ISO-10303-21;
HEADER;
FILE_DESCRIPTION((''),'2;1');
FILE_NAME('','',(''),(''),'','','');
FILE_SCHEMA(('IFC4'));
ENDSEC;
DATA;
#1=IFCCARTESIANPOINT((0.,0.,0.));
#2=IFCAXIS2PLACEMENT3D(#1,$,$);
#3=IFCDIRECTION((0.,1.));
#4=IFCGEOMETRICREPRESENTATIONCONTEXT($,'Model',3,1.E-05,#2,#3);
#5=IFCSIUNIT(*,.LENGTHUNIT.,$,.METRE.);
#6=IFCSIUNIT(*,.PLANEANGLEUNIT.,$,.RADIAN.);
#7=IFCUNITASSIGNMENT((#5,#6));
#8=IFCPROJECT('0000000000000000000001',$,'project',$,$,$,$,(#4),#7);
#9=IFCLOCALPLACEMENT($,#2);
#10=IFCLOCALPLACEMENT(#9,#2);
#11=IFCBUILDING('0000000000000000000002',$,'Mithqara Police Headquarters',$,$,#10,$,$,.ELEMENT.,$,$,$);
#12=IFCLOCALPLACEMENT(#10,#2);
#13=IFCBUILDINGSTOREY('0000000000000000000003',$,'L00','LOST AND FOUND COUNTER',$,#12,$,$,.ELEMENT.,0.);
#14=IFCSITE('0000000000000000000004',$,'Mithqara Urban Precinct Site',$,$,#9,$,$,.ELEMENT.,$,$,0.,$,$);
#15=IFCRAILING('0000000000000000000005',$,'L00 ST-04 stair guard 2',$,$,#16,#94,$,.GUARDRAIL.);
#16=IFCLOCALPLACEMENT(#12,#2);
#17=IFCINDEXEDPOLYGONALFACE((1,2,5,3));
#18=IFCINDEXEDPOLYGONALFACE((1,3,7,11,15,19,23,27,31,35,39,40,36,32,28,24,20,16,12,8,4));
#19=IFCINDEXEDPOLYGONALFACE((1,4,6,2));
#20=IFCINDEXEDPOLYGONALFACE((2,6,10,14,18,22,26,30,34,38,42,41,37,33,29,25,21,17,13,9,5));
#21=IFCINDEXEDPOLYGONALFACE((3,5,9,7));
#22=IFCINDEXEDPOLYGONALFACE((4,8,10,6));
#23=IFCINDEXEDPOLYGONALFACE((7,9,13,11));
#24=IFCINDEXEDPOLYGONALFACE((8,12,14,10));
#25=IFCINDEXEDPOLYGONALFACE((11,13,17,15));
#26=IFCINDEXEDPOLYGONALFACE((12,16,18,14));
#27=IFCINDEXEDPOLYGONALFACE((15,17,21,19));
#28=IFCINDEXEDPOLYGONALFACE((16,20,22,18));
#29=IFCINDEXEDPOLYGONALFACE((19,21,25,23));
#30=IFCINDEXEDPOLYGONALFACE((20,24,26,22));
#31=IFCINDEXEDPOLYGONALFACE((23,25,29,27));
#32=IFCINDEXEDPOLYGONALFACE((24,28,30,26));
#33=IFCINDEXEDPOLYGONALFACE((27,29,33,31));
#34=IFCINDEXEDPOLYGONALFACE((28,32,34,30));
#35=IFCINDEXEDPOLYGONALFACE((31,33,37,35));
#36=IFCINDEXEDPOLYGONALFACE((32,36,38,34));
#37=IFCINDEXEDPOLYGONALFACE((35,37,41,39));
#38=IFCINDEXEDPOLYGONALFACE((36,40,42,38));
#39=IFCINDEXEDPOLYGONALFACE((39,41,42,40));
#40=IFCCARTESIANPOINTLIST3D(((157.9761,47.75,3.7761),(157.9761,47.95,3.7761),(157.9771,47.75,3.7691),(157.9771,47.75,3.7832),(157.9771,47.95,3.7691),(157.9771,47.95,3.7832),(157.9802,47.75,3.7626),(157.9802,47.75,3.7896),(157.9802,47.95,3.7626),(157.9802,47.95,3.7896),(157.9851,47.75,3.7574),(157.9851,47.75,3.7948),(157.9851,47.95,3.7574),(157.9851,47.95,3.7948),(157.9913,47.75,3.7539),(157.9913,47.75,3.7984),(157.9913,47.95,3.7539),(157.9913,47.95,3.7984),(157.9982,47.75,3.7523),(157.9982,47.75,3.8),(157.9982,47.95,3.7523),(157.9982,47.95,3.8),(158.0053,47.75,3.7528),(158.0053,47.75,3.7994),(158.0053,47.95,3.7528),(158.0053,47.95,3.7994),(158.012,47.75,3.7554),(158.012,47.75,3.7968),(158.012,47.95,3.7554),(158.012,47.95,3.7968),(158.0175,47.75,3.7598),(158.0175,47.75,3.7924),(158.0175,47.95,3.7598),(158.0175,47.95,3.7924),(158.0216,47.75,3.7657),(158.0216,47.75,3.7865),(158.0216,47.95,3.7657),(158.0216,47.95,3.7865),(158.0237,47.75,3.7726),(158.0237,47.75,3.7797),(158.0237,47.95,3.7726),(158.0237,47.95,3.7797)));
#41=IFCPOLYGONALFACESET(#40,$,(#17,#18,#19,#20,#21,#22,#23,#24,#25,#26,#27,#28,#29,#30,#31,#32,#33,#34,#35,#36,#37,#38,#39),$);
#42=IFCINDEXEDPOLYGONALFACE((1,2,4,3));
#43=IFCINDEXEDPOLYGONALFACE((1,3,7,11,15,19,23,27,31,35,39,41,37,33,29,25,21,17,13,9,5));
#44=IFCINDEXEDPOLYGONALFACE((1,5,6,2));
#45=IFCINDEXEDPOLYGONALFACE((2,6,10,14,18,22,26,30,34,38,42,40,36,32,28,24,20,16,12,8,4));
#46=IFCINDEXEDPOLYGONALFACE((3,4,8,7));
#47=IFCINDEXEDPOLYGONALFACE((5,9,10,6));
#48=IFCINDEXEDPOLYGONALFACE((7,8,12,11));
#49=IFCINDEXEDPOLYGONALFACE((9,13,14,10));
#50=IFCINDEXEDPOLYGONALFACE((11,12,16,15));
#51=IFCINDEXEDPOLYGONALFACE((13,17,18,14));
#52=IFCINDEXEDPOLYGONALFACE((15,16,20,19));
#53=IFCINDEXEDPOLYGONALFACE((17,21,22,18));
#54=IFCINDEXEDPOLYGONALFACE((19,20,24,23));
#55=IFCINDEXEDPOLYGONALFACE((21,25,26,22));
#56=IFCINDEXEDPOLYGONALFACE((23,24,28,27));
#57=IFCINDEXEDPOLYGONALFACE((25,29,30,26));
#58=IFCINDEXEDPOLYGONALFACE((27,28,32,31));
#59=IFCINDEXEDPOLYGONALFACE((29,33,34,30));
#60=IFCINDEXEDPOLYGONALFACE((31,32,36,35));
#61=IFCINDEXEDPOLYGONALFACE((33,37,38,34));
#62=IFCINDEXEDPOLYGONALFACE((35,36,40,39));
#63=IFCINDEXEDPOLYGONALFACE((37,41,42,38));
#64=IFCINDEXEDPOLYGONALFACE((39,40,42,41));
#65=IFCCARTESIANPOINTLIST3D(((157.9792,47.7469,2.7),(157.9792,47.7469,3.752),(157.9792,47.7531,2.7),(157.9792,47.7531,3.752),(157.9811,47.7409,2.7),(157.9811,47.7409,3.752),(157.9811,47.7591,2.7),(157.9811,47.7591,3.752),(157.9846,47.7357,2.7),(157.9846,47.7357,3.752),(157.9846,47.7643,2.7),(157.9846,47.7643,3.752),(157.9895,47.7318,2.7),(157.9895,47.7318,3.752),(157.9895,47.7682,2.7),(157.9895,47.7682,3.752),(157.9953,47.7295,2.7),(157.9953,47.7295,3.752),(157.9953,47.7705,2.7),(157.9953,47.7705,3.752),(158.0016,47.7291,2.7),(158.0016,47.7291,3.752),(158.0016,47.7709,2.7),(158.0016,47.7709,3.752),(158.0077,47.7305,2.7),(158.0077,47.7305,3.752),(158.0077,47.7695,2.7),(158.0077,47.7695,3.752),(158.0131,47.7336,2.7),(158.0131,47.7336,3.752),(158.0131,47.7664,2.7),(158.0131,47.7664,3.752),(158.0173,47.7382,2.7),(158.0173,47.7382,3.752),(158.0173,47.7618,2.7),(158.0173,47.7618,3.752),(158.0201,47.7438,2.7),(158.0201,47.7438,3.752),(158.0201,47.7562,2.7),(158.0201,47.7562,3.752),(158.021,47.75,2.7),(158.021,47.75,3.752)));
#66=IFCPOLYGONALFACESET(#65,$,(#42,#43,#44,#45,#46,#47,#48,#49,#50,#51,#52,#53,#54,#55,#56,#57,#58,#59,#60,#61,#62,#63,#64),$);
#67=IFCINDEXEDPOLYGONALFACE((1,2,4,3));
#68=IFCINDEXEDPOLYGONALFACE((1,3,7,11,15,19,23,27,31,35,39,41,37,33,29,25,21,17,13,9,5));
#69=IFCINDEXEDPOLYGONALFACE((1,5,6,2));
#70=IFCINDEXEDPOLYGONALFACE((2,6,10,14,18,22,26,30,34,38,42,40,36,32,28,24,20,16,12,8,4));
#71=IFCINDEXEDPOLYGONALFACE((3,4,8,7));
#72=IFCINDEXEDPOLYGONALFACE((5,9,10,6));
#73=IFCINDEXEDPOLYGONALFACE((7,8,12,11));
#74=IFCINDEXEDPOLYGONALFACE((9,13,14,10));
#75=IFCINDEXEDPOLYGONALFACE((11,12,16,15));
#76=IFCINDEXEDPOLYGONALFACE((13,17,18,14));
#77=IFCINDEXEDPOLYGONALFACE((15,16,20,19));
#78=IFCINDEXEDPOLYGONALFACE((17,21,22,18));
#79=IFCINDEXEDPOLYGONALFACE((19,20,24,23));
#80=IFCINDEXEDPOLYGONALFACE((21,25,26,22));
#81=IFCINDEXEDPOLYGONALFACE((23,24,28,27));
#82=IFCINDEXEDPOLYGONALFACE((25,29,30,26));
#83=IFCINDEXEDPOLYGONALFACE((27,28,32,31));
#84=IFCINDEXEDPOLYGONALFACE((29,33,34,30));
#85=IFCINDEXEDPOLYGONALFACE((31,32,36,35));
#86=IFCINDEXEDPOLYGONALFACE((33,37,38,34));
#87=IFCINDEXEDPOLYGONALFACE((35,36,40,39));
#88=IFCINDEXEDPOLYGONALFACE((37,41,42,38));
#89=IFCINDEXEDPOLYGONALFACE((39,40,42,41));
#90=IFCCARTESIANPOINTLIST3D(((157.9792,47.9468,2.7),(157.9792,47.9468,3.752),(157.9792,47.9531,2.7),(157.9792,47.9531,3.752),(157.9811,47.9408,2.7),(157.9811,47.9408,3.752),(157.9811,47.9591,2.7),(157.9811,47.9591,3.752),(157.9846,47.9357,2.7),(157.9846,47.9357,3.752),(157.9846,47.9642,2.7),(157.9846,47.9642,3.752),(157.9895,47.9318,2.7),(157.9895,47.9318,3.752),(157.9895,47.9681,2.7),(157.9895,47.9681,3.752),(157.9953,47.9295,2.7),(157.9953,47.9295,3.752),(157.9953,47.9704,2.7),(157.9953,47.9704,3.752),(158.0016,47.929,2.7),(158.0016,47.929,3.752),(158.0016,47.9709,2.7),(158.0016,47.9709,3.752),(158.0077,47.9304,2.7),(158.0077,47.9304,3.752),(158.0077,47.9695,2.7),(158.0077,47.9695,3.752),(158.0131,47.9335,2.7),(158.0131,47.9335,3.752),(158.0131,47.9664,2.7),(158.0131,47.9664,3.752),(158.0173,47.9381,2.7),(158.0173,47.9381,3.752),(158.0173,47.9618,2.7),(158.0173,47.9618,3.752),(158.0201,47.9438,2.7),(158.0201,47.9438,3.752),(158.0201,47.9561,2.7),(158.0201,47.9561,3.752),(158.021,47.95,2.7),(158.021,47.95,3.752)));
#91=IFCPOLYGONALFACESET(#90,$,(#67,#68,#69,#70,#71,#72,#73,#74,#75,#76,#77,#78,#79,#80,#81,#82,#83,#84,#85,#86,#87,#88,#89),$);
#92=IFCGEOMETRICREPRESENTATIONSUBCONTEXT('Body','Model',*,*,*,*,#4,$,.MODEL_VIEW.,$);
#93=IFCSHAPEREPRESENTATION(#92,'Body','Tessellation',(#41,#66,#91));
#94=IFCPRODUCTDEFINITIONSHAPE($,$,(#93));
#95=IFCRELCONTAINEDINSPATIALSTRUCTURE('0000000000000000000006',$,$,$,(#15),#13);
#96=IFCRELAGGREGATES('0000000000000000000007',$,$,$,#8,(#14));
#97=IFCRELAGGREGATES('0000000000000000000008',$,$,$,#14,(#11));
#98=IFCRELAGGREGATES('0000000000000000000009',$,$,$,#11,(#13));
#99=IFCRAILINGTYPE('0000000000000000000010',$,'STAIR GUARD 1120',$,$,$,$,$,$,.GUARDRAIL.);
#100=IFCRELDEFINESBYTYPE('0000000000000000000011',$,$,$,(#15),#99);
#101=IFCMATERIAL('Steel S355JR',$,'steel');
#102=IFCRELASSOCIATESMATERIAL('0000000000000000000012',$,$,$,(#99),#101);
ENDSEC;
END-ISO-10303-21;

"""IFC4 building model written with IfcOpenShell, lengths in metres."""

from ifc_helpers import new_model, si_unit, direction, frame, origin, origin_2d, place, context, subcontext, project, spatial, circle, extrude, material, type_object, element, save


model = new_model("IFC4")

# Units and contexts
model_context = context("Model", 3, precision=1e-05, world=origin(), true_north=direction((0.0, 1.0)))
body_context = subcontext(model_context, "Body", "Model", "MODEL_VIEW")
ifc_project = project(units=[si_unit("LENGTHUNIT", "METRE"), si_unit("PLANEANGLEUNIT", "RADIAN")], contexts=[model_context])

# Site, building, storey
site_placement = place(None, origin())
site = spatial("IfcSite", under=ifc_project, at=site_placement, Name="Mithqara Urban Precinct Site", CompositionType="ELEMENT", RefElevation=0.0)
building_placement = place(site_placement, origin())
building = spatial("IfcBuilding", under=site, at=building_placement, Name="Mithqara Police Headquarters", CompositionType="ELEMENT")
storey_placement = place(building_placement, origin())
storey = spatial("IfcBuildingStorey", under=building, at=storey_placement, Name="L00", Description="LOST AND FOUND COUNTER", CompositionType="ELEMENT", Elevation=0.0)

# Shared definitions
ifc_material_1 = material(Name="Steel S355JR", Category="steel")

# Railing
railing_type_1 = type_object("IfcRailingType", Name="STAIR GUARD 1120", PredefinedType="GUARDRAIL", material=ifc_material_1)
railing_1_placement = place(storey_placement, frame((158.0, 47.75, 2.7)))
element("IfcRailing", 1, at=railing_1_placement, inside=storey, type_object=railing_type_1, Name="L00 ST-04 stair guard 2", PredefinedType="GUARDRAIL", context=body_context, shape_type="SweptSolid", body=[
    extrude(circle(Radius=0.0239, at=origin_2d()), frame((0.0, 0.0, 1.0762), z_axis=(0.0, 1.0, 0.0), x_axis=(-1.0, 0.0, 0.0)), (0.0, 0.0, 1.0), 0.2),
    extrude(circle(Radius=0.021, at=origin_2d()), origin(), (0.0, 0.0, 1.0), 1.052),
    extrude(circle(Radius=0.021, at=origin_2d()), frame((0.0, 0.2, 0.0)), (0.0, 0.0, 1.0), 1.052),
])

save(model, "model.ifc")
